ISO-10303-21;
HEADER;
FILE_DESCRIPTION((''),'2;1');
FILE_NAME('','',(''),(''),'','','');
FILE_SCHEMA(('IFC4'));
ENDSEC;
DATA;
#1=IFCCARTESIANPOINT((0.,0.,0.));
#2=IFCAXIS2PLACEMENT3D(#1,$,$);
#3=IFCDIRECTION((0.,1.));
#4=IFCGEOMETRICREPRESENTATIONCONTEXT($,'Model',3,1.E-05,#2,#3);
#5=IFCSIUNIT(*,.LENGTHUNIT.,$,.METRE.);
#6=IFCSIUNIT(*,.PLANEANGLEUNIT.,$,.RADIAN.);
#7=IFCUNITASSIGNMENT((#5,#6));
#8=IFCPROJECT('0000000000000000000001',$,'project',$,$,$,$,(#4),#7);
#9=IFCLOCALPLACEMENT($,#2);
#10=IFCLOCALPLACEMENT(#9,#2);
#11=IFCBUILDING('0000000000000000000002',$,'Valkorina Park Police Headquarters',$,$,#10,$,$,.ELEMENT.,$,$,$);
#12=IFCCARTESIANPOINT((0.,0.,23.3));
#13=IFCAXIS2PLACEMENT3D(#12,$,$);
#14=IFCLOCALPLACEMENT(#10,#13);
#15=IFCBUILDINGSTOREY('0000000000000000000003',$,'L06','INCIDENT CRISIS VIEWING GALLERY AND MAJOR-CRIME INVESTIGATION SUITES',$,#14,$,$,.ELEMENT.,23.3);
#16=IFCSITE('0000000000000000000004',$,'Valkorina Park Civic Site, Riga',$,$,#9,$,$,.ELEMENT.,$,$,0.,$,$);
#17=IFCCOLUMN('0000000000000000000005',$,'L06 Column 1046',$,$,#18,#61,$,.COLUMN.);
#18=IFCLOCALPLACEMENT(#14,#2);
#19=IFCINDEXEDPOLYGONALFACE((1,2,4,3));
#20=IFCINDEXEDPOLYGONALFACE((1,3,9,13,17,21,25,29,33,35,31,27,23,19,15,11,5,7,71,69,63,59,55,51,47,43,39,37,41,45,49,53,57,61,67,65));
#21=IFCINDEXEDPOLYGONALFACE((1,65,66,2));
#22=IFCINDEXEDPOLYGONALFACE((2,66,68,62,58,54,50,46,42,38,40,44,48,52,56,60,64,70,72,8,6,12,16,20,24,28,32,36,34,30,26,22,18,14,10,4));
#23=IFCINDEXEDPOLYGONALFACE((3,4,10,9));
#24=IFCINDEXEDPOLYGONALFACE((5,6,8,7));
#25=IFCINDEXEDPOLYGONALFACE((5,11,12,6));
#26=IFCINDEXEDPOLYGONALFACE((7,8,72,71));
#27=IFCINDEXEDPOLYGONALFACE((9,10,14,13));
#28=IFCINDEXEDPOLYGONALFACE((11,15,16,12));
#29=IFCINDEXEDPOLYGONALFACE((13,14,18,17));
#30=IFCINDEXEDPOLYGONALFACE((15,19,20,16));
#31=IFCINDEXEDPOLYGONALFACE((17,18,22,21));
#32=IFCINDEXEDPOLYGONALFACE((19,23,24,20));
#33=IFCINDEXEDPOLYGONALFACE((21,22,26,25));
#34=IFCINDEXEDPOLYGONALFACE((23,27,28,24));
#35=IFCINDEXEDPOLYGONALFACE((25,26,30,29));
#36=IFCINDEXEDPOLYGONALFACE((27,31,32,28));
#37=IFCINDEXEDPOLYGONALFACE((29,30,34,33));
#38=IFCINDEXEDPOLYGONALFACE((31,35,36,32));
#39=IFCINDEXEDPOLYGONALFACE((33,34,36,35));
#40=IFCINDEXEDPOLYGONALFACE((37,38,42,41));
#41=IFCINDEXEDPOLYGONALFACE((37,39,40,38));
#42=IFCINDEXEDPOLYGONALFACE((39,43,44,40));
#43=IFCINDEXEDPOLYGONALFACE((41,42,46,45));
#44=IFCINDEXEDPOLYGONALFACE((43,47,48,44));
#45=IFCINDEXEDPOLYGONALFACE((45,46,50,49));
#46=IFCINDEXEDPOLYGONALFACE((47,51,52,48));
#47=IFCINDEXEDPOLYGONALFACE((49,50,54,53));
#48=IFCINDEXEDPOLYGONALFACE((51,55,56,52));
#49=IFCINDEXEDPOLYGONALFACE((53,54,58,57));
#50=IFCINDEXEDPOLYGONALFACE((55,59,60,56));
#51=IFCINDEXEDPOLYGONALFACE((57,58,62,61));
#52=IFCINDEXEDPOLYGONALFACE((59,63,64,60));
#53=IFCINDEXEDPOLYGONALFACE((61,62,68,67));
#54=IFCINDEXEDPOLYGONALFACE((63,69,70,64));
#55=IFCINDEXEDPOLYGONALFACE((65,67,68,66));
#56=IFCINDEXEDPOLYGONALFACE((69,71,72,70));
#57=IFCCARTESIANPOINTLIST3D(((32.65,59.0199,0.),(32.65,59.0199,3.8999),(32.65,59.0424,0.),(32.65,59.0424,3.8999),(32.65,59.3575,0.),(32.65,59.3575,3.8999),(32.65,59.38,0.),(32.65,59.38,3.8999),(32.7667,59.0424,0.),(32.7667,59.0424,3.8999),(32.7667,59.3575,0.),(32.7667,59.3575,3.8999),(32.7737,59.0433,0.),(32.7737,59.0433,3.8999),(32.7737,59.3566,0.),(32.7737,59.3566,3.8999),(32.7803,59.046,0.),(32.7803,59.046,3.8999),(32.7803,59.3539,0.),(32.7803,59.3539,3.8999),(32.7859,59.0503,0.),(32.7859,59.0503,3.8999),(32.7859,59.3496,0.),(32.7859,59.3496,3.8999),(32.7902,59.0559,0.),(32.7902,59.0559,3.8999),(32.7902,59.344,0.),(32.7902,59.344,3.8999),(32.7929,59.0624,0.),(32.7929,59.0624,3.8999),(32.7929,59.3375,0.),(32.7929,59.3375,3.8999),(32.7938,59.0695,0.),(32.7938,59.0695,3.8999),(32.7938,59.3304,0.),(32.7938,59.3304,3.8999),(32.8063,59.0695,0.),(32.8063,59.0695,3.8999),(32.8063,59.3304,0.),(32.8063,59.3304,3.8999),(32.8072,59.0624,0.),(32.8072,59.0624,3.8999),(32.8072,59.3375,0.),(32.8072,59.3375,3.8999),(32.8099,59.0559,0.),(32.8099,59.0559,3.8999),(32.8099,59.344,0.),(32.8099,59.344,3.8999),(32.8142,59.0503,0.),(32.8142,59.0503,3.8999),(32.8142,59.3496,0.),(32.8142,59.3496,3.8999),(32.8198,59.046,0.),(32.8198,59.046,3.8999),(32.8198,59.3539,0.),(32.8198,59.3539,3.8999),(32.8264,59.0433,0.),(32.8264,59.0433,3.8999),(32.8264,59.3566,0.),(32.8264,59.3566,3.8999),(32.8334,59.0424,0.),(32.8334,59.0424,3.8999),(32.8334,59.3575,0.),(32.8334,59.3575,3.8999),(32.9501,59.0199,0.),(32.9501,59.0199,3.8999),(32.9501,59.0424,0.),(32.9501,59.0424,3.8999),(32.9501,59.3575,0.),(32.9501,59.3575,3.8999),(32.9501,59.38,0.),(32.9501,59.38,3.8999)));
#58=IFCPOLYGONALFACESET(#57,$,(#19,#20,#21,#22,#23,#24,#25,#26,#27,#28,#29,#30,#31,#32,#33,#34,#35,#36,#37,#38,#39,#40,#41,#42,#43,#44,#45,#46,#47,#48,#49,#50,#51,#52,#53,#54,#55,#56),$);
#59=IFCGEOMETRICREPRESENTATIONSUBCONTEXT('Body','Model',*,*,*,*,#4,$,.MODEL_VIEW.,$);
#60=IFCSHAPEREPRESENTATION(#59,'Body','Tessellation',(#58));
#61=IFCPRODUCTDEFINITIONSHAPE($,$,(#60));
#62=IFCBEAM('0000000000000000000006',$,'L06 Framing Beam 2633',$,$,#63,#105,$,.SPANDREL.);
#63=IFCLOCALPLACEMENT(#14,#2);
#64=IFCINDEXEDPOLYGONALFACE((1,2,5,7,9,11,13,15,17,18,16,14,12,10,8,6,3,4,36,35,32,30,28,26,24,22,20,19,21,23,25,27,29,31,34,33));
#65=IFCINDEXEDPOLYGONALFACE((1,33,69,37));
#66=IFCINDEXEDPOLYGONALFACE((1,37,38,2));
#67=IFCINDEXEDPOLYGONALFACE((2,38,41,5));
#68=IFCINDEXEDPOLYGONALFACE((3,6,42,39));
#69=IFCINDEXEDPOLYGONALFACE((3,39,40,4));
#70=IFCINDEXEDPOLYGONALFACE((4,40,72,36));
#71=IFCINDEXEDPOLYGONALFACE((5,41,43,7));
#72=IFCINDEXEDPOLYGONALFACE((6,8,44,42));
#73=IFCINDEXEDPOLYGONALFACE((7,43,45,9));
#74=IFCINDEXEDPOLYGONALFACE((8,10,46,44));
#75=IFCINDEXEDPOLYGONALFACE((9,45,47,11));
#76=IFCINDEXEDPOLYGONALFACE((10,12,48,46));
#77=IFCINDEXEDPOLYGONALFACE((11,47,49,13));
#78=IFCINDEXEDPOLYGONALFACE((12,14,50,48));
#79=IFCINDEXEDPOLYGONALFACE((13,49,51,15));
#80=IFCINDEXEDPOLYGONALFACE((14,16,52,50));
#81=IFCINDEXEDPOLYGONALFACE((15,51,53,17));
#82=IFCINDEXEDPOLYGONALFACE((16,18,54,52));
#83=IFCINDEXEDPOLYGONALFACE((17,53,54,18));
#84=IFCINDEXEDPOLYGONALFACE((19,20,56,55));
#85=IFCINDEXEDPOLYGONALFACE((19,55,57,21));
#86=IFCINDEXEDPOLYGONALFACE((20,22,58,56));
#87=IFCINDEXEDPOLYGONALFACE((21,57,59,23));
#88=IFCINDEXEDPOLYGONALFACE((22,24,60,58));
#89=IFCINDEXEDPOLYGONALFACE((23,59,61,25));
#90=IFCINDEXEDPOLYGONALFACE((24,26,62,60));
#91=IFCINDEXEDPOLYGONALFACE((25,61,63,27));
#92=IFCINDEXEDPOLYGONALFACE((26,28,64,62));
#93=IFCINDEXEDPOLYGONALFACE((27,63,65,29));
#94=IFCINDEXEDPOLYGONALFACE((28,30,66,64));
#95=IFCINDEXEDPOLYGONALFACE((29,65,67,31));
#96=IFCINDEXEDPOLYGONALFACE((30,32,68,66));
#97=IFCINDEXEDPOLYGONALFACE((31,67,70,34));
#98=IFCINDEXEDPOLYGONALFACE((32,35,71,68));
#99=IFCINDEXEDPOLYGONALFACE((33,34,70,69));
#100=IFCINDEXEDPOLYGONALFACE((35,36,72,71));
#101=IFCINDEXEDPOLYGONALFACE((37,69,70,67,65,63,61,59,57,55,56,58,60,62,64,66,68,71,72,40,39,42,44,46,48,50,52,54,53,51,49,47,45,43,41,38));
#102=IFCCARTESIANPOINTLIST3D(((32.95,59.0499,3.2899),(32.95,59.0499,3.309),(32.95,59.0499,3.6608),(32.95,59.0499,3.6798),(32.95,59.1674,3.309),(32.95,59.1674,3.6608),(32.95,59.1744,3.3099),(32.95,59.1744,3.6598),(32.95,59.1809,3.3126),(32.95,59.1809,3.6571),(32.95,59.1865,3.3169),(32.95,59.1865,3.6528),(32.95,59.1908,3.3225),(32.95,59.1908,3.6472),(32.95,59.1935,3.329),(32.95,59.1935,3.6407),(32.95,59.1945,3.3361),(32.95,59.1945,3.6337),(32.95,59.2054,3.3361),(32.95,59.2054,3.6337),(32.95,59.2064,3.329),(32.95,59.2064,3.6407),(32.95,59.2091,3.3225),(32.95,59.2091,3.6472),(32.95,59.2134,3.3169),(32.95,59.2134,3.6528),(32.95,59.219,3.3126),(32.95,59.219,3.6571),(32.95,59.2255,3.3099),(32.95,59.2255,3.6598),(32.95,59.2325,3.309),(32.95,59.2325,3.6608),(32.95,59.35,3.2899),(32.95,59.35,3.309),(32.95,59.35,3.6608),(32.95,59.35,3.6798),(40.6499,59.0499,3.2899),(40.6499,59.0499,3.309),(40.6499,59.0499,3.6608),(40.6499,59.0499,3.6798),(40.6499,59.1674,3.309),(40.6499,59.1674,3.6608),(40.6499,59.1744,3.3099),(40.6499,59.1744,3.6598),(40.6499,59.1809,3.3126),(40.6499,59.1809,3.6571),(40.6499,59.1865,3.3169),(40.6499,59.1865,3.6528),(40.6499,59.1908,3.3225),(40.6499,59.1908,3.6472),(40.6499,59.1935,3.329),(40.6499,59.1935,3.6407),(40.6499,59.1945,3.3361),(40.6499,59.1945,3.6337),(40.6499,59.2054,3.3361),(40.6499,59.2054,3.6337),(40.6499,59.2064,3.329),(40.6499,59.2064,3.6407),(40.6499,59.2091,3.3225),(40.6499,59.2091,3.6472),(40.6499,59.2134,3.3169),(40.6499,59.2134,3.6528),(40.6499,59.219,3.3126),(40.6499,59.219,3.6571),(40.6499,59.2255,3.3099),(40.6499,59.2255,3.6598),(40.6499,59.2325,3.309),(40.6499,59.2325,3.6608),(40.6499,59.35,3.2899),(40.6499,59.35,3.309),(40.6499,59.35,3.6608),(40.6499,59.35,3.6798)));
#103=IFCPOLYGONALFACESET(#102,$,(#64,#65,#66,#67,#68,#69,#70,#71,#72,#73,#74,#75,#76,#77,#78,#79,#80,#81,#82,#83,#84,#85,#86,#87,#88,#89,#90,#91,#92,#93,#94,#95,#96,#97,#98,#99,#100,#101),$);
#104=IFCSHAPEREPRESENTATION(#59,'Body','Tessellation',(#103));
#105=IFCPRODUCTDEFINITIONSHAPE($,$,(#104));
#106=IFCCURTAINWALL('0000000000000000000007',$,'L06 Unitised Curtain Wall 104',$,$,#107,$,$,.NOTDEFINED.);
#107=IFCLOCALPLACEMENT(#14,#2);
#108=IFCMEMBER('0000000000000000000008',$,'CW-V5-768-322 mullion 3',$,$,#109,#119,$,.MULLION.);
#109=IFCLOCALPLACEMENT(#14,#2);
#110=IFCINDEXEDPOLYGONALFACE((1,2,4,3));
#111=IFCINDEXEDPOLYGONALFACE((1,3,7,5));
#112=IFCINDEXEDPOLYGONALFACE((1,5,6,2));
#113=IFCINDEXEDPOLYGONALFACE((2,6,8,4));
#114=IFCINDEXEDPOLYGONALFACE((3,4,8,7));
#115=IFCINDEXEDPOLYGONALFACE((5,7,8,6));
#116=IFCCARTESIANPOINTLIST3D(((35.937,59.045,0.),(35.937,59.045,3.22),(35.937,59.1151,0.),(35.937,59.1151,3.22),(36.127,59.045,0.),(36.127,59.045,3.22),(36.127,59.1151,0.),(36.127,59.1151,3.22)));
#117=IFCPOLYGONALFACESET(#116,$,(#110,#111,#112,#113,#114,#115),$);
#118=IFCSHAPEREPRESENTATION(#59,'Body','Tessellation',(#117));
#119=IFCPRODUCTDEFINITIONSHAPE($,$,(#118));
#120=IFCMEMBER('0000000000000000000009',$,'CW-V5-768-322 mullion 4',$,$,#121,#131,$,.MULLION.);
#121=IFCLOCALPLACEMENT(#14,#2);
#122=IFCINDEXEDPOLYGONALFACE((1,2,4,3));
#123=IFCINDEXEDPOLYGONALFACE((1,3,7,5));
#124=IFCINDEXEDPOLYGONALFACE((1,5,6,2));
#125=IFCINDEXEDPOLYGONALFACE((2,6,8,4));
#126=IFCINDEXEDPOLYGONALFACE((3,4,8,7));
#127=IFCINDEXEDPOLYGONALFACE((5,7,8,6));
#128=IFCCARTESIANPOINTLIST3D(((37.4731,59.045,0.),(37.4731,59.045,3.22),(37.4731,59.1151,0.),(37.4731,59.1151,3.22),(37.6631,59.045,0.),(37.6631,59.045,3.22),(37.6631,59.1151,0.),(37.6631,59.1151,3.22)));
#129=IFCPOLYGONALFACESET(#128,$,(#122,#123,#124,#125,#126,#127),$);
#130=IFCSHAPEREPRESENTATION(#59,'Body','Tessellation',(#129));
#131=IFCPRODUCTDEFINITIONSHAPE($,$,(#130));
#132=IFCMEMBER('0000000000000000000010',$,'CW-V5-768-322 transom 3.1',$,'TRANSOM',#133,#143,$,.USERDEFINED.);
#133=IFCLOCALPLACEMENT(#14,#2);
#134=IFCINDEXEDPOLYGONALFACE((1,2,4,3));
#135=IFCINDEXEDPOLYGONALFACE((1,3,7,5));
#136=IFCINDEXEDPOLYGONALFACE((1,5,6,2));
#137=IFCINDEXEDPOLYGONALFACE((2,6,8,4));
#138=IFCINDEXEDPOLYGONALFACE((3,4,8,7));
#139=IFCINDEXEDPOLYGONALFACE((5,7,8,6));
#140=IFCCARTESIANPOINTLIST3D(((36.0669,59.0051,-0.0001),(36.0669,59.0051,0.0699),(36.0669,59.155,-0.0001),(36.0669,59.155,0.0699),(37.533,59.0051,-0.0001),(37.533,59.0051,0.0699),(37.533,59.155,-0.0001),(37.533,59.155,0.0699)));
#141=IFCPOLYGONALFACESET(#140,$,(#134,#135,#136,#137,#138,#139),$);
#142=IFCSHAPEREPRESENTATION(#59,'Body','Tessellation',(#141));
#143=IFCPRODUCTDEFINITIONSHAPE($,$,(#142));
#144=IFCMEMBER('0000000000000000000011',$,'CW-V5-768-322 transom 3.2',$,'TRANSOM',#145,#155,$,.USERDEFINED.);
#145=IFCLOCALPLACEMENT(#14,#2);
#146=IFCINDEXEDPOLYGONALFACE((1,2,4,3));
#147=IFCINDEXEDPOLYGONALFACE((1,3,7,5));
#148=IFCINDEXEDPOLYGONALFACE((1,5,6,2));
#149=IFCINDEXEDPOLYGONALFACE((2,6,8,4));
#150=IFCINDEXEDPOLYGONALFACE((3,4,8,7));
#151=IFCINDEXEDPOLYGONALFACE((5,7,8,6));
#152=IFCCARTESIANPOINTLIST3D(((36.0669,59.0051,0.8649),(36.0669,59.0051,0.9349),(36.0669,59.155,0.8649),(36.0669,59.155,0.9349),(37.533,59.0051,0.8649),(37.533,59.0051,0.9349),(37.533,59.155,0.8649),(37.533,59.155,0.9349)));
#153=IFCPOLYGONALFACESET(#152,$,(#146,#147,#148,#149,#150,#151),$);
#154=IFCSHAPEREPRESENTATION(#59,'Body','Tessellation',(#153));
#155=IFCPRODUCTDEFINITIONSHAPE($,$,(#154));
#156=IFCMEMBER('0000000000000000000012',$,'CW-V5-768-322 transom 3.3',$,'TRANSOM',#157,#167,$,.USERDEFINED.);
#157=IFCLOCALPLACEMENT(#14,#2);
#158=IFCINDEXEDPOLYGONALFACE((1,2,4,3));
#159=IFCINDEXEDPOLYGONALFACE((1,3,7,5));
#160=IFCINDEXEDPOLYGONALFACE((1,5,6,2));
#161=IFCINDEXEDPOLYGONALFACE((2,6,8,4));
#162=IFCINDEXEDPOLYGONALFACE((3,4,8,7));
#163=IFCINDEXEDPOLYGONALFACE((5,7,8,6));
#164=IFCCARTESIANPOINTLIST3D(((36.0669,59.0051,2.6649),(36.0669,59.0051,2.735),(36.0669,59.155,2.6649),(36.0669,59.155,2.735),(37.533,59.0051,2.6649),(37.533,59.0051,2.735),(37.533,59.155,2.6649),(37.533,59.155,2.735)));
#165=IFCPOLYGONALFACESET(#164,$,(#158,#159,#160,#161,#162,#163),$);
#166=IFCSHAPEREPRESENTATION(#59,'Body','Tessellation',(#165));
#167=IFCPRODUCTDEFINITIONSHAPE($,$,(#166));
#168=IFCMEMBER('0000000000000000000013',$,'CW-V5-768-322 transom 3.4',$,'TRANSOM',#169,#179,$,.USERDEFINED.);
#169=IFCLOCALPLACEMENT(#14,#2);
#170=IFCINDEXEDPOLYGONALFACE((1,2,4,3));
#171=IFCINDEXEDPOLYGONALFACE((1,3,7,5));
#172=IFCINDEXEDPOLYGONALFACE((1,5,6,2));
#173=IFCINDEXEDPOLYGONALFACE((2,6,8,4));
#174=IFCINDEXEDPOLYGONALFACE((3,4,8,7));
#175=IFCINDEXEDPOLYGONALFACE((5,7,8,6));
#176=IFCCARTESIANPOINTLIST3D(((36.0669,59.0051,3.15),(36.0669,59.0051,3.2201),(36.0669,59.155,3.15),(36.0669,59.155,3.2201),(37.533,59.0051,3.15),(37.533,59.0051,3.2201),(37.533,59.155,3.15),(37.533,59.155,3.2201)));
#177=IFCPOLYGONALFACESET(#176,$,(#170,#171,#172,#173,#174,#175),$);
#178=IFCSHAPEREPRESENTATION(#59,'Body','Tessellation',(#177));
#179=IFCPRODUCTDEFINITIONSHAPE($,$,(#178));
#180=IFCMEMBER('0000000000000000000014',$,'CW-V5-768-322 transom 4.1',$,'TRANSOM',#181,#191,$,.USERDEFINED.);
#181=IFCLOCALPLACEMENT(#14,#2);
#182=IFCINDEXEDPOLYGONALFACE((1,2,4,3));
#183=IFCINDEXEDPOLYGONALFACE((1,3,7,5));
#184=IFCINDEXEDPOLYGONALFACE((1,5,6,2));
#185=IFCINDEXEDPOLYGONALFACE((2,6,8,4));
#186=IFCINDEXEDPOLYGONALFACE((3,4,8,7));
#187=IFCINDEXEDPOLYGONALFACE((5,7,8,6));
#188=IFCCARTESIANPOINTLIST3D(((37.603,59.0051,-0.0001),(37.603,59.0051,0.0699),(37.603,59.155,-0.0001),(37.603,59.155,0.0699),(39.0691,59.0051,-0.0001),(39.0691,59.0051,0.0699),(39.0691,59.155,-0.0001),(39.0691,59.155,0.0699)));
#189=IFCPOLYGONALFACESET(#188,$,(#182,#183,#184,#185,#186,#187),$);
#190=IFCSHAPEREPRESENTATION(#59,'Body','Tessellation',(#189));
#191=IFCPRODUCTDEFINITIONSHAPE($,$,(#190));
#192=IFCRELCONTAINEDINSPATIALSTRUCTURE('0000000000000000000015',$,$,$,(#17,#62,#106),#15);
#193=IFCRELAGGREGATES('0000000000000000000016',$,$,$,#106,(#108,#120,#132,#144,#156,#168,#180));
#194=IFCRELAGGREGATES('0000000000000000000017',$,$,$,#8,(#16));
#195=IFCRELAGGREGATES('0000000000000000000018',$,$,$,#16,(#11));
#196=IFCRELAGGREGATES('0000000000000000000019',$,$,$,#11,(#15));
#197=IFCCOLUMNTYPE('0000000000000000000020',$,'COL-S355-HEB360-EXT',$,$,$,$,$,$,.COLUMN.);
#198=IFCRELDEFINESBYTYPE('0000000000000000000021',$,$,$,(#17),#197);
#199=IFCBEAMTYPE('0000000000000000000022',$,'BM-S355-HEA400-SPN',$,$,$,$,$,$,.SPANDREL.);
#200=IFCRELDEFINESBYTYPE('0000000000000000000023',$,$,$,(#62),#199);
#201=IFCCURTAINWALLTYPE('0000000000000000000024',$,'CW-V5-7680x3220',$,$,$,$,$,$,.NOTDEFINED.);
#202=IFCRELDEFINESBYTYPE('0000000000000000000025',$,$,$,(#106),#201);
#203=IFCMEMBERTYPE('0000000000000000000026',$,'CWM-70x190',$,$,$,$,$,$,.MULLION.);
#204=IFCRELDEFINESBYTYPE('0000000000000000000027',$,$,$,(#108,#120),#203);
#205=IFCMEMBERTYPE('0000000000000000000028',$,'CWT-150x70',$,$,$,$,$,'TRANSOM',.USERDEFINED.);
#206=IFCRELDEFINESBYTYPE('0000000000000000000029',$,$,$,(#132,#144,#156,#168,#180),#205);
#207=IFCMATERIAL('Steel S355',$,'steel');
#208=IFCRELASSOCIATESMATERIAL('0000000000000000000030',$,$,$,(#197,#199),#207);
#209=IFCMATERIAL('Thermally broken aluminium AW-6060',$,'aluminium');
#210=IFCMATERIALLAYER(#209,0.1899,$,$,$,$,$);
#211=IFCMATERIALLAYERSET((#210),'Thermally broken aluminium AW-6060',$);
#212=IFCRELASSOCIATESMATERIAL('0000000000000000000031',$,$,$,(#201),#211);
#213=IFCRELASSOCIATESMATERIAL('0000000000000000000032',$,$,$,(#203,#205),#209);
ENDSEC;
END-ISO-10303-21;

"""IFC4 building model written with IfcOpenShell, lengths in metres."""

from ifc_helpers import new_model, si_unit, direction, frame, origin, origin_2d, place, context, subcontext, project, spatial, rectangle, i_section, extrude, material, layer, layer_set, material_profile, profile_set, type_object, element, aggregate, save


model = new_model("IFC4")

# Units and contexts
model_context = context("Model", 3, precision=1e-05, world=origin(), true_north=direction((0.0, 1.0)))
body_context = subcontext(model_context, "Body", "Model", "MODEL_VIEW")
ifc_project = project(units=[si_unit("LENGTHUNIT", "METRE"), si_unit("PLANEANGLEUNIT", "RADIAN")], contexts=[model_context])

# Site, building, storey
site_placement = place(None, origin())
site = spatial("IfcSite", under=ifc_project, at=site_placement, Name="Valkorina Park Civic Site, Riga", CompositionType="ELEMENT", RefElevation=0.0)
building_placement = place(site_placement, origin())
building = spatial("IfcBuilding", under=site, at=building_placement, Name="Valkorina Park Police Headquarters", CompositionType="ELEMENT")
storey_placement = place(building_placement, frame((0.0, 0.0, 23.3)))
storey = spatial("IfcBuildingStorey", under=building, at=storey_placement, Name="L06", Description="INCIDENT CRISIS VIEWING GALLERY AND MAJOR-CRIME INVESTIGATION SUITES", CompositionType="ELEMENT", Elevation=23.3)

# Column
ifc_material_1 = material(Name="Steel S355", Category="steel")
ifc_material_profile_1 = material_profile(ifc_material_1, i_section(OverallWidth=0.3, OverallDepth=0.3601, WebThickness=0.0125, FlangeThickness=0.0225, FilletRadius=0.0271, at=origin_2d()), Name="HEB 360")
ifc_profile_set_1 = profile_set([ifc_material_profile_1], Name="Steel S355")
column_type = type_object("IfcColumnType", Name="COL-S355-HEB360-EXT", PredefinedType="COLUMN", material=ifc_profile_set_1)
column_placement = place(storey_placement, frame((32.8, 59.2, 0.0), z_axis=(0.0, 0.0, 1.0), x_axis=(1.0, 0.0, 0.0)))
element("IfcColumn", 1, at=column_placement, inside=storey, type_object=column_type, Name="L06 Column 1046", PredefinedType="COLUMN", context=body_context, shape_type="SweptSolid", body=[
    extrude(i_section(OverallWidth=0.3, OverallDepth=0.3601, WebThickness=0.0125, FlangeThickness=0.0225, FilletRadius=0.0271, at=origin_2d()), origin(), (0.0, 0.0, 1.0), 3.8999),
])

# Beam
ifc_material_profile_2 = material_profile(ifc_material_1, i_section(OverallWidth=0.3, OverallDepth=0.3899, WebThickness=0.011, FlangeThickness=0.019, FilletRadius=0.0271, at=origin_2d()), Name="HEA 400")
ifc_profile_set_2 = profile_set([ifc_material_profile_2], Name="Steel S355")
beam_type = type_object("IfcBeamType", Name="BM-S355-HEA400-SPN", PredefinedType="SPANDREL", material=ifc_profile_set_2)
beam_placement = place(storey_placement, frame((32.95, 59.2, 3.4849), z_axis=(1.0, 0.0, 0.0), x_axis=(0.0, 1.0, 0.0)))
element("IfcBeam", 2, at=beam_placement, inside=storey, type_object=beam_type, Name="L06 Framing Beam 2633", PredefinedType="SPANDREL", context=body_context, shape_type="SweptSolid", body=[
    extrude(i_section(OverallWidth=0.3, OverallDepth=0.3899, WebThickness=0.011, FlangeThickness=0.019, FilletRadius=0.0271, at=origin_2d()), origin(), (0.0, 0.0, 1.0), 7.7),
])

# Curtain wall, members
ifc_material_2 = material(Name="Thermally broken aluminium AW-6060", Category="aluminium")
ifc_layer_1 = layer(ifc_material_2, 0.1899)
ifc_layer_set_1 = layer_set([ifc_layer_1], Name="Thermally broken aluminium AW-6060")
curtain_wall_type = type_object("IfcCurtainWallType", Name="CW-V5-7680x3220", PredefinedType="NOTDEFINED", material=ifc_layer_set_1)
curtain_wall_placement = place(storey_placement, origin())
curtain_wall = element("IfcCurtainWall", 3, at=curtain_wall_placement, inside=storey, type_object=curtain_wall_type, Name="L06 Unitised Curtain Wall 104", PredefinedType="NOTDEFINED")
ifc_material_profile_3 = material_profile(ifc_material_2, rectangle(XDim=0.0701, YDim=0.1899, at=origin_2d()), Name="CWM-02 70x190")
ifc_profile_set_3 = profile_set([ifc_material_profile_3], Name="Thermally broken aluminium AW-6060")
member_type_1 = type_object("IfcMemberType", Name="CWM-70x190", PredefinedType="MULLION", material=ifc_profile_set_3)
member_1_placement = place(storey_placement, frame((36.032, 59.0801, 0.0), z_axis=(0.0, 0.0, 1.0), x_axis=(0.0, 1.0, 0.0)))
member_1 = element("IfcMember", 4, at=member_1_placement, type_object=member_type_1, Name="CW-V5-768-322 mullion 3", PredefinedType="MULLION", context=body_context, shape_type="SweptSolid", body=[
    extrude(rectangle(XDim=0.0701, YDim=0.1899, at=origin_2d()), origin(), (0.0, 0.0, 1.0), 3.22),
])
member_2_placement = place(storey_placement, frame((37.5681, 59.0801, 0.0), z_axis=(0.0, 0.0, 1.0), x_axis=(0.0, 1.0, 0.0)))
member_2 = element("IfcMember", 5, at=member_2_placement, type_object=member_type_1, Name="CW-V5-768-322 mullion 4", PredefinedType="MULLION", context=body_context, shape_type="SweptSolid", body=[
    extrude(rectangle(XDim=0.0701, YDim=0.1899, at=origin_2d()), origin(), (0.0, 0.0, 1.0), 3.22),
])
ifc_material_profile_4 = material_profile(ifc_material_2, rectangle(XDim=0.1499, YDim=0.0701, at=origin_2d()), Name="CWT-02 150x70")
ifc_profile_set_4 = profile_set([ifc_material_profile_4], Name="Thermally broken aluminium AW-6060")
member_type_2 = type_object("IfcMemberType", Name="CWT-150x70", ElementType="TRANSOM", PredefinedType="USERDEFINED", material=ifc_profile_set_4)
member_3_placement = place(storey_placement, frame((36.0669, 59.0801, 0.0349), z_axis=(1.0, 0.0, 0.0), x_axis=(0.0, 1.0, 0.0)))
member_3 = element("IfcMember", 6, at=member_3_placement, type_object=member_type_2, Name="CW-V5-768-322 transom 3.1", ObjectType="TRANSOM", PredefinedType="USERDEFINED", context=body_context, shape_type="SweptSolid", body=[
    extrude(rectangle(XDim=0.1499, YDim=0.0701, at=origin_2d()), origin(), (0.0, 0.0, 1.0), 1.4661),
])
member_4_placement = place(storey_placement, frame((36.0669, 59.0801, 0.8999), z_axis=(1.0, 0.0, 0.0), x_axis=(0.0, 1.0, 0.0)))
member_4 = element("IfcMember", 7, at=member_4_placement, type_object=member_type_2, Name="CW-V5-768-322 transom 3.2", ObjectType="TRANSOM", PredefinedType="USERDEFINED", context=body_context, shape_type="SweptSolid", body=[
    extrude(rectangle(XDim=0.1499, YDim=0.0701, at=origin_2d()), origin(), (0.0, 0.0, 1.0), 1.4661),
])
member_5_placement = place(storey_placement, frame((36.0669, 59.0801, 2.7), z_axis=(1.0, 0.0, 0.0), x_axis=(0.0, 1.0, 0.0)))
member_5 = element("IfcMember", 8, at=member_5_placement, type_object=member_type_2, Name="CW-V5-768-322 transom 3.3", ObjectType="TRANSOM", PredefinedType="USERDEFINED", context=body_context, shape_type="SweptSolid", body=[
    extrude(rectangle(XDim=0.1499, YDim=0.0701, at=origin_2d()), origin(), (0.0, 0.0, 1.0), 1.4661),
])
member_6_placement = place(storey_placement, frame((36.0669, 59.0801, 3.1851), z_axis=(1.0, 0.0, 0.0), x_axis=(0.0, 1.0, 0.0)))
member_6 = element("IfcMember", 9, at=member_6_placement, type_object=member_type_2, Name="CW-V5-768-322 transom 3.4", ObjectType="TRANSOM", PredefinedType="USERDEFINED", context=body_context, shape_type="SweptSolid", body=[
    extrude(rectangle(XDim=0.1499, YDim=0.0701, at=origin_2d()), origin(), (0.0, 0.0, 1.0), 1.4661),
])
member_7_placement = place(storey_placement, frame((37.603, 59.0801, 0.0349), z_axis=(1.0, 0.0, 0.0), x_axis=(0.0, 1.0, 0.0)))
member_7 = element("IfcMember", 10, at=member_7_placement, type_object=member_type_2, Name="CW-V5-768-322 transom 4.1", ObjectType="TRANSOM", PredefinedType="USERDEFINED", context=body_context, shape_type="SweptSolid", body=[
    extrude(rectangle(XDim=0.1499, YDim=0.0701, at=origin_2d()), origin(), (0.0, 0.0, 1.0), 1.4661),
])
aggregate(curtain_wall, [member_1, member_2, member_3, member_4, member_5, member_6, member_7])

save(model, "model.ifc")
